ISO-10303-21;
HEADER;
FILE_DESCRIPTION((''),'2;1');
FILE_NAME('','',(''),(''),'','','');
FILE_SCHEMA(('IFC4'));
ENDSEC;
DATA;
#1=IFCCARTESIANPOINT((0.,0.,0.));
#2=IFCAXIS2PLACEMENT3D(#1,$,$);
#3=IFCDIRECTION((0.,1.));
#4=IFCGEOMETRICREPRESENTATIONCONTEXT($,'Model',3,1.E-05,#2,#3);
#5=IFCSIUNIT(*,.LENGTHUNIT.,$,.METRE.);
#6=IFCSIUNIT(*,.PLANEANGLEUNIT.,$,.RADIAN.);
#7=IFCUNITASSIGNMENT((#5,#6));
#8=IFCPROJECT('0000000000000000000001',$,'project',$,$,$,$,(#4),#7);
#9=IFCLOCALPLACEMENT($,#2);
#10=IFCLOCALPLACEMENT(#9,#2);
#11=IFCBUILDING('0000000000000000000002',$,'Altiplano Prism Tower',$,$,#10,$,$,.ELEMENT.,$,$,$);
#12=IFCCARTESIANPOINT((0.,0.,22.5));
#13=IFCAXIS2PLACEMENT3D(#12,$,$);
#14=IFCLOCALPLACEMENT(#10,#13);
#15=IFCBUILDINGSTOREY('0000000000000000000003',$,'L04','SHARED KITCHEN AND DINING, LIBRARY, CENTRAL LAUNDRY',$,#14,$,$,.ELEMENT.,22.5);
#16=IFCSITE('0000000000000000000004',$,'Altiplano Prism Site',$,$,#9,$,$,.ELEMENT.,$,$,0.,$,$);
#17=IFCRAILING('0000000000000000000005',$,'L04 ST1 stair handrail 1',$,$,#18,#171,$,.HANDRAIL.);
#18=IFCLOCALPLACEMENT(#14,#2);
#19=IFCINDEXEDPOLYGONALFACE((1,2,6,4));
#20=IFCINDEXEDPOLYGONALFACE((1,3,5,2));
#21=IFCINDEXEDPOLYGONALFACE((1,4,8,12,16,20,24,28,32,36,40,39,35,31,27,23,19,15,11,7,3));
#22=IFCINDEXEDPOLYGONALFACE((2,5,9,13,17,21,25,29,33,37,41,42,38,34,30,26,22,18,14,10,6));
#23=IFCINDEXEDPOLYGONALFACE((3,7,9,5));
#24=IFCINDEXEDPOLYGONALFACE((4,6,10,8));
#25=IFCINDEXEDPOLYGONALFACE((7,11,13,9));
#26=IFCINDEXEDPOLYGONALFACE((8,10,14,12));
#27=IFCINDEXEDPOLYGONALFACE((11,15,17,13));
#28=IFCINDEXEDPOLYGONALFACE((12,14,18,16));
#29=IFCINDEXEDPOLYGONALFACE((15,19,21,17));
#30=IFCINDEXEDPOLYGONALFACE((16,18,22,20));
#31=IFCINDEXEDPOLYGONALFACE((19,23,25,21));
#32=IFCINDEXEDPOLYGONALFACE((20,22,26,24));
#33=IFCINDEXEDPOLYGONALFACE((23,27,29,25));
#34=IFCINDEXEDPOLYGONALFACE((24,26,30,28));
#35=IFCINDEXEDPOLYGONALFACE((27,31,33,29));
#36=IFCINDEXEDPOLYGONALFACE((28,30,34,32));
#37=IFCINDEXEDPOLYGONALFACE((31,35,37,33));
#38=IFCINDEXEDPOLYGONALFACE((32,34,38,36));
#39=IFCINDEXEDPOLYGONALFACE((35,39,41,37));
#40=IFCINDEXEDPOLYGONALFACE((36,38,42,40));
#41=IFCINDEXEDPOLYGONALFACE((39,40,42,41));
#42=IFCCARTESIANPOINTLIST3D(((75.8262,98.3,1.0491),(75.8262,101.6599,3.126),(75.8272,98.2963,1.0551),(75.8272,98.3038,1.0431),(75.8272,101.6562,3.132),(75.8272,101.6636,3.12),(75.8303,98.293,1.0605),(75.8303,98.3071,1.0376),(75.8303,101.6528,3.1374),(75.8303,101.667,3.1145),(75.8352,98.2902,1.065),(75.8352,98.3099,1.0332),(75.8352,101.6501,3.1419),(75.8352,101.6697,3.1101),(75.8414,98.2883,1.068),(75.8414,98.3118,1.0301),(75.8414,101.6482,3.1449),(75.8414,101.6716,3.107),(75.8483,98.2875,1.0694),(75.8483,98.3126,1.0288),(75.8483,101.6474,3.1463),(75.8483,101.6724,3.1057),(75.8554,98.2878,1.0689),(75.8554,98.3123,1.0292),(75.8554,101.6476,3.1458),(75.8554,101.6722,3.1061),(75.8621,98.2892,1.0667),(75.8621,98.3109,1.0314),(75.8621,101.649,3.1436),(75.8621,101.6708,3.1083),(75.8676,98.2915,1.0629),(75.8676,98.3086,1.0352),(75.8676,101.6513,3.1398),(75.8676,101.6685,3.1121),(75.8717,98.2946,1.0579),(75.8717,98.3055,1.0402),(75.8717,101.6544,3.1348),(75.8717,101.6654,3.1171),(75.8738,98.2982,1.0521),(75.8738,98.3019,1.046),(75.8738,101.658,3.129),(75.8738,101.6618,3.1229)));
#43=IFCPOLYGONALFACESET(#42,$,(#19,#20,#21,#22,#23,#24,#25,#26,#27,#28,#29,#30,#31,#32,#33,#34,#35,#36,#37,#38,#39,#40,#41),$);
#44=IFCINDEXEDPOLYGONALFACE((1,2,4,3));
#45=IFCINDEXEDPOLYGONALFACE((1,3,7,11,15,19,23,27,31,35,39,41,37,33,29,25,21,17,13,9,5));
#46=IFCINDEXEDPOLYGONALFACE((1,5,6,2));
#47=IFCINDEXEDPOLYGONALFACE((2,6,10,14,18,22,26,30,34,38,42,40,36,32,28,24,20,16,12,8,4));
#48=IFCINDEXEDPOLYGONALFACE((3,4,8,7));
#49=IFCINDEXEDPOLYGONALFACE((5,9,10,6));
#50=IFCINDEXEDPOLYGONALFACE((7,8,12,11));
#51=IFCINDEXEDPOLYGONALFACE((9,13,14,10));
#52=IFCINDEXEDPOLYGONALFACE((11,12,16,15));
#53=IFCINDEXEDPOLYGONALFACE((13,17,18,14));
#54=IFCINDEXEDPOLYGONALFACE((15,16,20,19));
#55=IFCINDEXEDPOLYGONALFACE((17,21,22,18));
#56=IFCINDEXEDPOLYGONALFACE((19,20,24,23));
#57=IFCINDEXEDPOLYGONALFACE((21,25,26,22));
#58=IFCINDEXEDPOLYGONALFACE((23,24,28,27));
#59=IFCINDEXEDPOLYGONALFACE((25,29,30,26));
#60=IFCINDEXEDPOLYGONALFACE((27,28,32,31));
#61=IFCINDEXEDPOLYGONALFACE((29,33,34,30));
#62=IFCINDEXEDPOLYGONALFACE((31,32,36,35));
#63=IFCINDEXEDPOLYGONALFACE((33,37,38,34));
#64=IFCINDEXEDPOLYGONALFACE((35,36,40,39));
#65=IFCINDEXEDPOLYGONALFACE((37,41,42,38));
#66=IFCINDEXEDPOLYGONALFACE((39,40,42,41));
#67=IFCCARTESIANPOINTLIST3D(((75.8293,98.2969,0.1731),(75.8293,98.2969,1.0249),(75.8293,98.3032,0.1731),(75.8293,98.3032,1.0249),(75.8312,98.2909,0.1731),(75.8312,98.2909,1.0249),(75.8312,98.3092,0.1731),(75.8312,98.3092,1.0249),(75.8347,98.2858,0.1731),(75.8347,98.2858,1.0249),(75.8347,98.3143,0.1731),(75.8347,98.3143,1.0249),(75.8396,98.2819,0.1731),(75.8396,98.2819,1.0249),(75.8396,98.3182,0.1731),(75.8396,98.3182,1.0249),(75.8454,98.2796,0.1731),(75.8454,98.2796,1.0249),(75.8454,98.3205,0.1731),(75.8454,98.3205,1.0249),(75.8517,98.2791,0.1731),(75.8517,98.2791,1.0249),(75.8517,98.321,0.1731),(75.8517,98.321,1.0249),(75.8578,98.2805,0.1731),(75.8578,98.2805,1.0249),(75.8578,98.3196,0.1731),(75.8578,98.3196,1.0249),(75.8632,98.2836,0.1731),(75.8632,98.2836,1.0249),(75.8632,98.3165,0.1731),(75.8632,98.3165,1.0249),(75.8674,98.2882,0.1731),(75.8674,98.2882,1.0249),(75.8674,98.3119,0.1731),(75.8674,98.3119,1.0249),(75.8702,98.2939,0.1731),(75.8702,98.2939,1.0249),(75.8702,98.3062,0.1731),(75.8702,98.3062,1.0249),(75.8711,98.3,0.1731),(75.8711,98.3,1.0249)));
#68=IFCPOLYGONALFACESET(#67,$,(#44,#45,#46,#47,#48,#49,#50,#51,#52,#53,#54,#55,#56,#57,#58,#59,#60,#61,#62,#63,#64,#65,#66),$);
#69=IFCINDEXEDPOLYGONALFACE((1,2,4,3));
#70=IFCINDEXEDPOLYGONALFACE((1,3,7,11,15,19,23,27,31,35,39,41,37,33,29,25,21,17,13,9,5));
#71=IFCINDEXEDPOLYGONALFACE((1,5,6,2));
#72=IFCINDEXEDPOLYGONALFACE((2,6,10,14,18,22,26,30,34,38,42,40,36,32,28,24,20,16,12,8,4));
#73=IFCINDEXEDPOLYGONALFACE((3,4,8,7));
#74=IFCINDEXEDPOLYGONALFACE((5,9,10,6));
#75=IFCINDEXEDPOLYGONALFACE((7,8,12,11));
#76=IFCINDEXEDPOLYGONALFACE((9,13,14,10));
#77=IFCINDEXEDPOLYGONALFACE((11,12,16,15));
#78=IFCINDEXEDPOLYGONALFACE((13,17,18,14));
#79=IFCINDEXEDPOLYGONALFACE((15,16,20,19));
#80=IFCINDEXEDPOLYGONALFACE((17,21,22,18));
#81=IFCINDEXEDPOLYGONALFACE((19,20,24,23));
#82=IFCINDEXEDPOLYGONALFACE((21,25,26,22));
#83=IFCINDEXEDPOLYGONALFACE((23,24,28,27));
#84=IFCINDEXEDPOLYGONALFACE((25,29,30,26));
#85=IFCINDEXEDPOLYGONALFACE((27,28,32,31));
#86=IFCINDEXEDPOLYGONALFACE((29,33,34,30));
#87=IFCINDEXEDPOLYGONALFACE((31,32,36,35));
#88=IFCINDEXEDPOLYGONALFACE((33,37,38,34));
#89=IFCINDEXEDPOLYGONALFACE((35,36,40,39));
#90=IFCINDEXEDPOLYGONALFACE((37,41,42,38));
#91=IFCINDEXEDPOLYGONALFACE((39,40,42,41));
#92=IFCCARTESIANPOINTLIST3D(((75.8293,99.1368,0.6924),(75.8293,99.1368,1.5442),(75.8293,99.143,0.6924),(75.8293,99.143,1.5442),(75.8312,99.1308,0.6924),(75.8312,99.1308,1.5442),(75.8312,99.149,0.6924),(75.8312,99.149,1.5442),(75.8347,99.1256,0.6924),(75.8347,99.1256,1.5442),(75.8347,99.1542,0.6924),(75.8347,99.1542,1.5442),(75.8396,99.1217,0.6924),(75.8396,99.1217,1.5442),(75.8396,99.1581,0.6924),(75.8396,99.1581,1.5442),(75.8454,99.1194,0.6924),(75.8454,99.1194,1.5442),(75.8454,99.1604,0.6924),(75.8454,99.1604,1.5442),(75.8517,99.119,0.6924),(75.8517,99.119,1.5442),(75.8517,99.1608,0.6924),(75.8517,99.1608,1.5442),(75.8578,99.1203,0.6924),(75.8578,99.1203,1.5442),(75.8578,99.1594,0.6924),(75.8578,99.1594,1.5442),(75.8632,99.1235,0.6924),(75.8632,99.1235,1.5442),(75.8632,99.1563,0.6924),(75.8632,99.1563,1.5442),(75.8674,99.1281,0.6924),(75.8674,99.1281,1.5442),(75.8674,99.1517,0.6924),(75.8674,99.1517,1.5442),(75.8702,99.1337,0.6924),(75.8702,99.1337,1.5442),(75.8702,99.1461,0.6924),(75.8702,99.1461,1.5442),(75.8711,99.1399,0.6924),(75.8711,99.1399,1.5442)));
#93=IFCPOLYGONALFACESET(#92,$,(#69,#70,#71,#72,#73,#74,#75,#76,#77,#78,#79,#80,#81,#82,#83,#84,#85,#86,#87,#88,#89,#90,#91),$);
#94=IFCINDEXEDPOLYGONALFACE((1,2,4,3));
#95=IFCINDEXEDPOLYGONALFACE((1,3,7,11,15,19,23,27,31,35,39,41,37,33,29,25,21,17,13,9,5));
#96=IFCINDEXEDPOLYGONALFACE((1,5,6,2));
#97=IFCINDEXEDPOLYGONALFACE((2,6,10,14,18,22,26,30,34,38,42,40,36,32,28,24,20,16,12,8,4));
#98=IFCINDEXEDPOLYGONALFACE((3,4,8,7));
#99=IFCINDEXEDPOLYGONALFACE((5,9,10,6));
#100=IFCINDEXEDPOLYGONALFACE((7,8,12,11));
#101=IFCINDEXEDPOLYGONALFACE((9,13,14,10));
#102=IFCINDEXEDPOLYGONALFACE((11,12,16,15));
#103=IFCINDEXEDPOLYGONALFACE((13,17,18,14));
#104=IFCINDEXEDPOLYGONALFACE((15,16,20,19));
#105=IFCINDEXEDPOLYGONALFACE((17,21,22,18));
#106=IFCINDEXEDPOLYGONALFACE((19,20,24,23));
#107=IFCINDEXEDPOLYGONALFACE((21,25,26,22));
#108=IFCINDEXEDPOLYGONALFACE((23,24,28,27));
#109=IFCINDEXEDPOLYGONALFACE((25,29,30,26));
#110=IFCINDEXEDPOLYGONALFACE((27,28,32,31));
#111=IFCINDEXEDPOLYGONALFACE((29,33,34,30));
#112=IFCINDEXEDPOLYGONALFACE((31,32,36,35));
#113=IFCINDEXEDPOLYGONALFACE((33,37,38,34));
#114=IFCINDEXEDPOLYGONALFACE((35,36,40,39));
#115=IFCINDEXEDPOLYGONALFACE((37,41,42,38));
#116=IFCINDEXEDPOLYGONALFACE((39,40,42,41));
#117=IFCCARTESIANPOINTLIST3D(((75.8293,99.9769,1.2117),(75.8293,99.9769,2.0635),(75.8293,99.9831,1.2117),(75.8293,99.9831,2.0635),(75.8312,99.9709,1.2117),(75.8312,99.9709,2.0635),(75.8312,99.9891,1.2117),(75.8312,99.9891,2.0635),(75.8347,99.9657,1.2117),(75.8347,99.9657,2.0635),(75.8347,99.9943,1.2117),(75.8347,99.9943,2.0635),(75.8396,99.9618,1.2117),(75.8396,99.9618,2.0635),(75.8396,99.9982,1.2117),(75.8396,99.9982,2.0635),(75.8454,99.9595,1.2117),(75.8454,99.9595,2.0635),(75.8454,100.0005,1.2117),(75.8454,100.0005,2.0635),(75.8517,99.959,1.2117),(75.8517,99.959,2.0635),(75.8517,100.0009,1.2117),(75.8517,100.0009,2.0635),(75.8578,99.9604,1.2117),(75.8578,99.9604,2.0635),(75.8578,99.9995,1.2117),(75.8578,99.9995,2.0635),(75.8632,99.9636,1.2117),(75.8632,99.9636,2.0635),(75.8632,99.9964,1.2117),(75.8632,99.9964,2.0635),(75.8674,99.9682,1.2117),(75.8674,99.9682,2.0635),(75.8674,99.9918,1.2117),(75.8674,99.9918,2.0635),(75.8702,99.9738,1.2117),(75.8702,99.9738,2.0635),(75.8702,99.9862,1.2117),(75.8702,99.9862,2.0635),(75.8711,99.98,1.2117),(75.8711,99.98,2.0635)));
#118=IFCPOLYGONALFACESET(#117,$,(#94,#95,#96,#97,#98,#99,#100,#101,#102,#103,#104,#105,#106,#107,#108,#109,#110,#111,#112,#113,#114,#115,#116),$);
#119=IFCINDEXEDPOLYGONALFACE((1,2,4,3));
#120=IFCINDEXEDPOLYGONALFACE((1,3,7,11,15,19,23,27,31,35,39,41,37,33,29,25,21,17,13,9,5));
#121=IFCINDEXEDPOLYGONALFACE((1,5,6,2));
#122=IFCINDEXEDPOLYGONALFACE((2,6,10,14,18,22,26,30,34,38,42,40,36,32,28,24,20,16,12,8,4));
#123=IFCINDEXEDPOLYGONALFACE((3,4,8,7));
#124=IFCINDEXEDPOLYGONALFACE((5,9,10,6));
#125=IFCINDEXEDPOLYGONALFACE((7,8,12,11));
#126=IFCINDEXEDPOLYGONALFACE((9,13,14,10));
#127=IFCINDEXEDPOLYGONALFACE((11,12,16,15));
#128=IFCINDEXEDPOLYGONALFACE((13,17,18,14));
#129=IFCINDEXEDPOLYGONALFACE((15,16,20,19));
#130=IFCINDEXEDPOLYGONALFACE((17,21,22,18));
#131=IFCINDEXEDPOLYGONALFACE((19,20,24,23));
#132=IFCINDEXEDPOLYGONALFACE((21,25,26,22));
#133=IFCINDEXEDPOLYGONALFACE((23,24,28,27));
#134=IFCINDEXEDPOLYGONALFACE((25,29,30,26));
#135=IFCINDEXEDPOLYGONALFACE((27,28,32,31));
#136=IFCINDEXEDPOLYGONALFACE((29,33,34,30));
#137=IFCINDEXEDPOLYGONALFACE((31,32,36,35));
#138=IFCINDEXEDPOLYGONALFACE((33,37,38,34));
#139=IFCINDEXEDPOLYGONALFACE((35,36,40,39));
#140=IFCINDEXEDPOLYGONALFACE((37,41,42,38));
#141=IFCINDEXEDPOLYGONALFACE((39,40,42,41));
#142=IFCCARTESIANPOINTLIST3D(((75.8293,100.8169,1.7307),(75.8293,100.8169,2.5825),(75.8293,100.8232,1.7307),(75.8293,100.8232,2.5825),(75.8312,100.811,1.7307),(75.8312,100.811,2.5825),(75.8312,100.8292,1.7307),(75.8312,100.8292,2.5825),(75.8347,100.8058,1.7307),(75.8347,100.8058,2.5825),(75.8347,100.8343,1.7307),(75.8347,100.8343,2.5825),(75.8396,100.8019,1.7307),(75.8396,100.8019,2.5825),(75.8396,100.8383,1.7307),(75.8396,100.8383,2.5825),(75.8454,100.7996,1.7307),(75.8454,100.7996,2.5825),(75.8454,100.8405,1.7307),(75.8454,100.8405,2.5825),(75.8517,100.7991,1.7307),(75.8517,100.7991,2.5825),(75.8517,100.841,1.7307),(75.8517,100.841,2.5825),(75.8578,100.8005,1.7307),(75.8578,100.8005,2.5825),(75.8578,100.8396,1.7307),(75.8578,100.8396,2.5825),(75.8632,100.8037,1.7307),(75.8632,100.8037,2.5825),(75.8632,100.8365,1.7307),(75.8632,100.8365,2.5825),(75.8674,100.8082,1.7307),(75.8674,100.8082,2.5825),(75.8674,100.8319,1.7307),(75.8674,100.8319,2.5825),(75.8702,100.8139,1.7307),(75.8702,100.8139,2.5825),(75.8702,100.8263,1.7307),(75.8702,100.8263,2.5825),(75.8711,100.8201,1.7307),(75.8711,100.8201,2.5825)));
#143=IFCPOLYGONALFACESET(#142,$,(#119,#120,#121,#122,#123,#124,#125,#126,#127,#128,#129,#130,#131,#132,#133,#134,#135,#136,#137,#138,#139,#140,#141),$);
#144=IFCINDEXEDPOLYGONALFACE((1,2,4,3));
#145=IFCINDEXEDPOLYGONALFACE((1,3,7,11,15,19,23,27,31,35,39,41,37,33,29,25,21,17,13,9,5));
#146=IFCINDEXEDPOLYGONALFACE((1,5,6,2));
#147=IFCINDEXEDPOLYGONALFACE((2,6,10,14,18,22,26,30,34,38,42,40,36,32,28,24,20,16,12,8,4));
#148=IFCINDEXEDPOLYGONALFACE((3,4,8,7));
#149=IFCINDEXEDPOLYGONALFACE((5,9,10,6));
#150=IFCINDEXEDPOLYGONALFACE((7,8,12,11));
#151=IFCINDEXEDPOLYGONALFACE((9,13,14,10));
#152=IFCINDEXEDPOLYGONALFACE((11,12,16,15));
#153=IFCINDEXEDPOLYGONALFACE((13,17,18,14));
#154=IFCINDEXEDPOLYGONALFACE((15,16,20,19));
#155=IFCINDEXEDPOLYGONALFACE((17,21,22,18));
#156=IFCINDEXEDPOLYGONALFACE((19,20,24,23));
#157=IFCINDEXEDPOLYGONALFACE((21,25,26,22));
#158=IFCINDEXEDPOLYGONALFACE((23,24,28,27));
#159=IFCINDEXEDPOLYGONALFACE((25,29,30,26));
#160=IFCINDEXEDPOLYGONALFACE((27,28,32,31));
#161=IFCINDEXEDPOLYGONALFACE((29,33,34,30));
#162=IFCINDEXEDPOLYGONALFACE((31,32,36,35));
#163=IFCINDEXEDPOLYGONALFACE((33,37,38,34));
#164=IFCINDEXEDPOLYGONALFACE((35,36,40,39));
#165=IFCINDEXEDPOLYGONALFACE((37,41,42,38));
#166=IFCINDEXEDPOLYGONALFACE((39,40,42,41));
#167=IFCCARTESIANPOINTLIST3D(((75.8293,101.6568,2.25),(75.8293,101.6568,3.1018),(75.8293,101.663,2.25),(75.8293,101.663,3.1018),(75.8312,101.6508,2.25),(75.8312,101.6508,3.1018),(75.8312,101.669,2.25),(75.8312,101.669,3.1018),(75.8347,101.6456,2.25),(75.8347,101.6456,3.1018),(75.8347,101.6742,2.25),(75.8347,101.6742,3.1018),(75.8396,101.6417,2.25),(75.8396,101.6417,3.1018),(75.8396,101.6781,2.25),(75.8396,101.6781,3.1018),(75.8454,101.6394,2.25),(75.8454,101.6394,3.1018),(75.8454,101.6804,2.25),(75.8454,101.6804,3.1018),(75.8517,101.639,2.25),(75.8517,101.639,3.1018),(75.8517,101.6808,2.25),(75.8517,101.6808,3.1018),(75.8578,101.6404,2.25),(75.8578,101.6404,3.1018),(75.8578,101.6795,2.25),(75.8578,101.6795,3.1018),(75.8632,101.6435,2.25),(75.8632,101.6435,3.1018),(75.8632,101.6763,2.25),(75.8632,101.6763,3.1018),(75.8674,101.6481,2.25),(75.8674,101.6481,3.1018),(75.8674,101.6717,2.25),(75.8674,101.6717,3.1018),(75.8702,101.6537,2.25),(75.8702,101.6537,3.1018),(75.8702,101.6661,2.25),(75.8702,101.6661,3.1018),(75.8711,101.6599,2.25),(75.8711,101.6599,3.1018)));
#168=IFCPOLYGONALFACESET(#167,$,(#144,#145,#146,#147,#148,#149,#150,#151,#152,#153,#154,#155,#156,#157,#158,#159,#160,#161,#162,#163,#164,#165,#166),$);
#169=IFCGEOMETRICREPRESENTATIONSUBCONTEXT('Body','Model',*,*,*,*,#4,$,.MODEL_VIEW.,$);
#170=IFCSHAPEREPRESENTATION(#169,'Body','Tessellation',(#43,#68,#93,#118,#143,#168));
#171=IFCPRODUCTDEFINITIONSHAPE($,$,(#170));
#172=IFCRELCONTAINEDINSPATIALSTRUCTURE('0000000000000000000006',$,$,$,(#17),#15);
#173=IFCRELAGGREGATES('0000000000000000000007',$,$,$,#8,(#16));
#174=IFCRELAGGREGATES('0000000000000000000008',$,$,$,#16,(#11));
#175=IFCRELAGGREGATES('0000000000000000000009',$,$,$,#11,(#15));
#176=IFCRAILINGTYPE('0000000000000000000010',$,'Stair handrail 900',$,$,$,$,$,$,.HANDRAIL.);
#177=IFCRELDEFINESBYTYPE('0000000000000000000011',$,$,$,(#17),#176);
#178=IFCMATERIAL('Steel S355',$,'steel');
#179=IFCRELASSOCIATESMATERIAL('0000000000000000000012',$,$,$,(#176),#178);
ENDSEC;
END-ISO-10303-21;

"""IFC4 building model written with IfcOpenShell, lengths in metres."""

from ifc_helpers import new_model, si_unit, direction, frame, origin, origin_2d, place, context, subcontext, project, spatial, circle, extrude, material, type_object, element, save


model = new_model("IFC4")

# Units and contexts
model_context = context("Model", 3, precision=1e-05, world=origin(), true_north=direction((0.0, 1.0)))
body_context = subcontext(model_context, "Body", "Model", "MODEL_VIEW")
ifc_project = project(units=[si_unit("LENGTHUNIT", "METRE"), si_unit("PLANEANGLEUNIT", "RADIAN")], contexts=[model_context])

# Site, building, storey
site_placement = place(None, origin())
site = spatial("IfcSite", under=ifc_project, at=site_placement, Name="Altiplano Prism Site", CompositionType="ELEMENT", RefElevation=0.0)
building_placement = place(site_placement, origin())
building = spatial("IfcBuilding", under=site, at=building_placement, Name="Altiplano Prism Tower", CompositionType="ELEMENT")
storey_placement = place(building_placement, frame((0.0, 0.0, 22.5)))
storey = spatial("IfcBuildingStorey", under=building, at=storey_placement, Name="L04", Description="SHARED KITCHEN AND DINING, LIBRARY, CENTRAL LAUNDRY", CompositionType="ELEMENT", Elevation=22.5)

# Railing
ifc_material_1 = material(Name="Steel S355", Category="steel")
railing_type_1 = type_object("IfcRailingType", Name="Stair handrail 900", PredefinedType="HANDRAIL", material=ifc_material_1)
railing_1_placement = place(storey_placement, frame((75.8501, 98.3, 0.1731)))
element("IfcRailing", 1, at=railing_1_placement, inside=storey, type_object=railing_type_1, Name="L04 ST1 stair handrail 1", PredefinedType="HANDRAIL", context=body_context, shape_type="SweptSolid", body=[
    extrude(circle(Radius=0.0239, at=origin_2d()), frame((0.0, 0.0, 0.876), z_axis=(0.0, 0.850606, 0.525803), x_axis=(-1.0, 0.0, 0.0)), (0.0, 0.0, 1.0), 3.95),
    extrude(circle(Radius=0.021, at=origin_2d()), origin(), (0.0, 0.0, 1.0), 0.8518),
    extrude(circle(Radius=0.021, at=origin_2d()), frame((0.0, 0.8398, 0.5193)), (0.0, 0.0, 1.0), 0.8518),
    extrude(circle(Radius=0.021, at=origin_2d()), frame((0.0, 1.6799, 1.0386)), (0.0, 0.0, 1.0), 0.8518),
    extrude(circle(Radius=0.021, at=origin_2d()), frame((0.0, 2.52, 1.5576)), (0.0, 0.0, 1.0), 0.8518),
    extrude(circle(Radius=0.021, at=origin_2d()), frame((0.0, 3.3599, 2.0769)), (0.0, 0.0, 1.0), 0.8518),
])

save(model, "model.ifc")
